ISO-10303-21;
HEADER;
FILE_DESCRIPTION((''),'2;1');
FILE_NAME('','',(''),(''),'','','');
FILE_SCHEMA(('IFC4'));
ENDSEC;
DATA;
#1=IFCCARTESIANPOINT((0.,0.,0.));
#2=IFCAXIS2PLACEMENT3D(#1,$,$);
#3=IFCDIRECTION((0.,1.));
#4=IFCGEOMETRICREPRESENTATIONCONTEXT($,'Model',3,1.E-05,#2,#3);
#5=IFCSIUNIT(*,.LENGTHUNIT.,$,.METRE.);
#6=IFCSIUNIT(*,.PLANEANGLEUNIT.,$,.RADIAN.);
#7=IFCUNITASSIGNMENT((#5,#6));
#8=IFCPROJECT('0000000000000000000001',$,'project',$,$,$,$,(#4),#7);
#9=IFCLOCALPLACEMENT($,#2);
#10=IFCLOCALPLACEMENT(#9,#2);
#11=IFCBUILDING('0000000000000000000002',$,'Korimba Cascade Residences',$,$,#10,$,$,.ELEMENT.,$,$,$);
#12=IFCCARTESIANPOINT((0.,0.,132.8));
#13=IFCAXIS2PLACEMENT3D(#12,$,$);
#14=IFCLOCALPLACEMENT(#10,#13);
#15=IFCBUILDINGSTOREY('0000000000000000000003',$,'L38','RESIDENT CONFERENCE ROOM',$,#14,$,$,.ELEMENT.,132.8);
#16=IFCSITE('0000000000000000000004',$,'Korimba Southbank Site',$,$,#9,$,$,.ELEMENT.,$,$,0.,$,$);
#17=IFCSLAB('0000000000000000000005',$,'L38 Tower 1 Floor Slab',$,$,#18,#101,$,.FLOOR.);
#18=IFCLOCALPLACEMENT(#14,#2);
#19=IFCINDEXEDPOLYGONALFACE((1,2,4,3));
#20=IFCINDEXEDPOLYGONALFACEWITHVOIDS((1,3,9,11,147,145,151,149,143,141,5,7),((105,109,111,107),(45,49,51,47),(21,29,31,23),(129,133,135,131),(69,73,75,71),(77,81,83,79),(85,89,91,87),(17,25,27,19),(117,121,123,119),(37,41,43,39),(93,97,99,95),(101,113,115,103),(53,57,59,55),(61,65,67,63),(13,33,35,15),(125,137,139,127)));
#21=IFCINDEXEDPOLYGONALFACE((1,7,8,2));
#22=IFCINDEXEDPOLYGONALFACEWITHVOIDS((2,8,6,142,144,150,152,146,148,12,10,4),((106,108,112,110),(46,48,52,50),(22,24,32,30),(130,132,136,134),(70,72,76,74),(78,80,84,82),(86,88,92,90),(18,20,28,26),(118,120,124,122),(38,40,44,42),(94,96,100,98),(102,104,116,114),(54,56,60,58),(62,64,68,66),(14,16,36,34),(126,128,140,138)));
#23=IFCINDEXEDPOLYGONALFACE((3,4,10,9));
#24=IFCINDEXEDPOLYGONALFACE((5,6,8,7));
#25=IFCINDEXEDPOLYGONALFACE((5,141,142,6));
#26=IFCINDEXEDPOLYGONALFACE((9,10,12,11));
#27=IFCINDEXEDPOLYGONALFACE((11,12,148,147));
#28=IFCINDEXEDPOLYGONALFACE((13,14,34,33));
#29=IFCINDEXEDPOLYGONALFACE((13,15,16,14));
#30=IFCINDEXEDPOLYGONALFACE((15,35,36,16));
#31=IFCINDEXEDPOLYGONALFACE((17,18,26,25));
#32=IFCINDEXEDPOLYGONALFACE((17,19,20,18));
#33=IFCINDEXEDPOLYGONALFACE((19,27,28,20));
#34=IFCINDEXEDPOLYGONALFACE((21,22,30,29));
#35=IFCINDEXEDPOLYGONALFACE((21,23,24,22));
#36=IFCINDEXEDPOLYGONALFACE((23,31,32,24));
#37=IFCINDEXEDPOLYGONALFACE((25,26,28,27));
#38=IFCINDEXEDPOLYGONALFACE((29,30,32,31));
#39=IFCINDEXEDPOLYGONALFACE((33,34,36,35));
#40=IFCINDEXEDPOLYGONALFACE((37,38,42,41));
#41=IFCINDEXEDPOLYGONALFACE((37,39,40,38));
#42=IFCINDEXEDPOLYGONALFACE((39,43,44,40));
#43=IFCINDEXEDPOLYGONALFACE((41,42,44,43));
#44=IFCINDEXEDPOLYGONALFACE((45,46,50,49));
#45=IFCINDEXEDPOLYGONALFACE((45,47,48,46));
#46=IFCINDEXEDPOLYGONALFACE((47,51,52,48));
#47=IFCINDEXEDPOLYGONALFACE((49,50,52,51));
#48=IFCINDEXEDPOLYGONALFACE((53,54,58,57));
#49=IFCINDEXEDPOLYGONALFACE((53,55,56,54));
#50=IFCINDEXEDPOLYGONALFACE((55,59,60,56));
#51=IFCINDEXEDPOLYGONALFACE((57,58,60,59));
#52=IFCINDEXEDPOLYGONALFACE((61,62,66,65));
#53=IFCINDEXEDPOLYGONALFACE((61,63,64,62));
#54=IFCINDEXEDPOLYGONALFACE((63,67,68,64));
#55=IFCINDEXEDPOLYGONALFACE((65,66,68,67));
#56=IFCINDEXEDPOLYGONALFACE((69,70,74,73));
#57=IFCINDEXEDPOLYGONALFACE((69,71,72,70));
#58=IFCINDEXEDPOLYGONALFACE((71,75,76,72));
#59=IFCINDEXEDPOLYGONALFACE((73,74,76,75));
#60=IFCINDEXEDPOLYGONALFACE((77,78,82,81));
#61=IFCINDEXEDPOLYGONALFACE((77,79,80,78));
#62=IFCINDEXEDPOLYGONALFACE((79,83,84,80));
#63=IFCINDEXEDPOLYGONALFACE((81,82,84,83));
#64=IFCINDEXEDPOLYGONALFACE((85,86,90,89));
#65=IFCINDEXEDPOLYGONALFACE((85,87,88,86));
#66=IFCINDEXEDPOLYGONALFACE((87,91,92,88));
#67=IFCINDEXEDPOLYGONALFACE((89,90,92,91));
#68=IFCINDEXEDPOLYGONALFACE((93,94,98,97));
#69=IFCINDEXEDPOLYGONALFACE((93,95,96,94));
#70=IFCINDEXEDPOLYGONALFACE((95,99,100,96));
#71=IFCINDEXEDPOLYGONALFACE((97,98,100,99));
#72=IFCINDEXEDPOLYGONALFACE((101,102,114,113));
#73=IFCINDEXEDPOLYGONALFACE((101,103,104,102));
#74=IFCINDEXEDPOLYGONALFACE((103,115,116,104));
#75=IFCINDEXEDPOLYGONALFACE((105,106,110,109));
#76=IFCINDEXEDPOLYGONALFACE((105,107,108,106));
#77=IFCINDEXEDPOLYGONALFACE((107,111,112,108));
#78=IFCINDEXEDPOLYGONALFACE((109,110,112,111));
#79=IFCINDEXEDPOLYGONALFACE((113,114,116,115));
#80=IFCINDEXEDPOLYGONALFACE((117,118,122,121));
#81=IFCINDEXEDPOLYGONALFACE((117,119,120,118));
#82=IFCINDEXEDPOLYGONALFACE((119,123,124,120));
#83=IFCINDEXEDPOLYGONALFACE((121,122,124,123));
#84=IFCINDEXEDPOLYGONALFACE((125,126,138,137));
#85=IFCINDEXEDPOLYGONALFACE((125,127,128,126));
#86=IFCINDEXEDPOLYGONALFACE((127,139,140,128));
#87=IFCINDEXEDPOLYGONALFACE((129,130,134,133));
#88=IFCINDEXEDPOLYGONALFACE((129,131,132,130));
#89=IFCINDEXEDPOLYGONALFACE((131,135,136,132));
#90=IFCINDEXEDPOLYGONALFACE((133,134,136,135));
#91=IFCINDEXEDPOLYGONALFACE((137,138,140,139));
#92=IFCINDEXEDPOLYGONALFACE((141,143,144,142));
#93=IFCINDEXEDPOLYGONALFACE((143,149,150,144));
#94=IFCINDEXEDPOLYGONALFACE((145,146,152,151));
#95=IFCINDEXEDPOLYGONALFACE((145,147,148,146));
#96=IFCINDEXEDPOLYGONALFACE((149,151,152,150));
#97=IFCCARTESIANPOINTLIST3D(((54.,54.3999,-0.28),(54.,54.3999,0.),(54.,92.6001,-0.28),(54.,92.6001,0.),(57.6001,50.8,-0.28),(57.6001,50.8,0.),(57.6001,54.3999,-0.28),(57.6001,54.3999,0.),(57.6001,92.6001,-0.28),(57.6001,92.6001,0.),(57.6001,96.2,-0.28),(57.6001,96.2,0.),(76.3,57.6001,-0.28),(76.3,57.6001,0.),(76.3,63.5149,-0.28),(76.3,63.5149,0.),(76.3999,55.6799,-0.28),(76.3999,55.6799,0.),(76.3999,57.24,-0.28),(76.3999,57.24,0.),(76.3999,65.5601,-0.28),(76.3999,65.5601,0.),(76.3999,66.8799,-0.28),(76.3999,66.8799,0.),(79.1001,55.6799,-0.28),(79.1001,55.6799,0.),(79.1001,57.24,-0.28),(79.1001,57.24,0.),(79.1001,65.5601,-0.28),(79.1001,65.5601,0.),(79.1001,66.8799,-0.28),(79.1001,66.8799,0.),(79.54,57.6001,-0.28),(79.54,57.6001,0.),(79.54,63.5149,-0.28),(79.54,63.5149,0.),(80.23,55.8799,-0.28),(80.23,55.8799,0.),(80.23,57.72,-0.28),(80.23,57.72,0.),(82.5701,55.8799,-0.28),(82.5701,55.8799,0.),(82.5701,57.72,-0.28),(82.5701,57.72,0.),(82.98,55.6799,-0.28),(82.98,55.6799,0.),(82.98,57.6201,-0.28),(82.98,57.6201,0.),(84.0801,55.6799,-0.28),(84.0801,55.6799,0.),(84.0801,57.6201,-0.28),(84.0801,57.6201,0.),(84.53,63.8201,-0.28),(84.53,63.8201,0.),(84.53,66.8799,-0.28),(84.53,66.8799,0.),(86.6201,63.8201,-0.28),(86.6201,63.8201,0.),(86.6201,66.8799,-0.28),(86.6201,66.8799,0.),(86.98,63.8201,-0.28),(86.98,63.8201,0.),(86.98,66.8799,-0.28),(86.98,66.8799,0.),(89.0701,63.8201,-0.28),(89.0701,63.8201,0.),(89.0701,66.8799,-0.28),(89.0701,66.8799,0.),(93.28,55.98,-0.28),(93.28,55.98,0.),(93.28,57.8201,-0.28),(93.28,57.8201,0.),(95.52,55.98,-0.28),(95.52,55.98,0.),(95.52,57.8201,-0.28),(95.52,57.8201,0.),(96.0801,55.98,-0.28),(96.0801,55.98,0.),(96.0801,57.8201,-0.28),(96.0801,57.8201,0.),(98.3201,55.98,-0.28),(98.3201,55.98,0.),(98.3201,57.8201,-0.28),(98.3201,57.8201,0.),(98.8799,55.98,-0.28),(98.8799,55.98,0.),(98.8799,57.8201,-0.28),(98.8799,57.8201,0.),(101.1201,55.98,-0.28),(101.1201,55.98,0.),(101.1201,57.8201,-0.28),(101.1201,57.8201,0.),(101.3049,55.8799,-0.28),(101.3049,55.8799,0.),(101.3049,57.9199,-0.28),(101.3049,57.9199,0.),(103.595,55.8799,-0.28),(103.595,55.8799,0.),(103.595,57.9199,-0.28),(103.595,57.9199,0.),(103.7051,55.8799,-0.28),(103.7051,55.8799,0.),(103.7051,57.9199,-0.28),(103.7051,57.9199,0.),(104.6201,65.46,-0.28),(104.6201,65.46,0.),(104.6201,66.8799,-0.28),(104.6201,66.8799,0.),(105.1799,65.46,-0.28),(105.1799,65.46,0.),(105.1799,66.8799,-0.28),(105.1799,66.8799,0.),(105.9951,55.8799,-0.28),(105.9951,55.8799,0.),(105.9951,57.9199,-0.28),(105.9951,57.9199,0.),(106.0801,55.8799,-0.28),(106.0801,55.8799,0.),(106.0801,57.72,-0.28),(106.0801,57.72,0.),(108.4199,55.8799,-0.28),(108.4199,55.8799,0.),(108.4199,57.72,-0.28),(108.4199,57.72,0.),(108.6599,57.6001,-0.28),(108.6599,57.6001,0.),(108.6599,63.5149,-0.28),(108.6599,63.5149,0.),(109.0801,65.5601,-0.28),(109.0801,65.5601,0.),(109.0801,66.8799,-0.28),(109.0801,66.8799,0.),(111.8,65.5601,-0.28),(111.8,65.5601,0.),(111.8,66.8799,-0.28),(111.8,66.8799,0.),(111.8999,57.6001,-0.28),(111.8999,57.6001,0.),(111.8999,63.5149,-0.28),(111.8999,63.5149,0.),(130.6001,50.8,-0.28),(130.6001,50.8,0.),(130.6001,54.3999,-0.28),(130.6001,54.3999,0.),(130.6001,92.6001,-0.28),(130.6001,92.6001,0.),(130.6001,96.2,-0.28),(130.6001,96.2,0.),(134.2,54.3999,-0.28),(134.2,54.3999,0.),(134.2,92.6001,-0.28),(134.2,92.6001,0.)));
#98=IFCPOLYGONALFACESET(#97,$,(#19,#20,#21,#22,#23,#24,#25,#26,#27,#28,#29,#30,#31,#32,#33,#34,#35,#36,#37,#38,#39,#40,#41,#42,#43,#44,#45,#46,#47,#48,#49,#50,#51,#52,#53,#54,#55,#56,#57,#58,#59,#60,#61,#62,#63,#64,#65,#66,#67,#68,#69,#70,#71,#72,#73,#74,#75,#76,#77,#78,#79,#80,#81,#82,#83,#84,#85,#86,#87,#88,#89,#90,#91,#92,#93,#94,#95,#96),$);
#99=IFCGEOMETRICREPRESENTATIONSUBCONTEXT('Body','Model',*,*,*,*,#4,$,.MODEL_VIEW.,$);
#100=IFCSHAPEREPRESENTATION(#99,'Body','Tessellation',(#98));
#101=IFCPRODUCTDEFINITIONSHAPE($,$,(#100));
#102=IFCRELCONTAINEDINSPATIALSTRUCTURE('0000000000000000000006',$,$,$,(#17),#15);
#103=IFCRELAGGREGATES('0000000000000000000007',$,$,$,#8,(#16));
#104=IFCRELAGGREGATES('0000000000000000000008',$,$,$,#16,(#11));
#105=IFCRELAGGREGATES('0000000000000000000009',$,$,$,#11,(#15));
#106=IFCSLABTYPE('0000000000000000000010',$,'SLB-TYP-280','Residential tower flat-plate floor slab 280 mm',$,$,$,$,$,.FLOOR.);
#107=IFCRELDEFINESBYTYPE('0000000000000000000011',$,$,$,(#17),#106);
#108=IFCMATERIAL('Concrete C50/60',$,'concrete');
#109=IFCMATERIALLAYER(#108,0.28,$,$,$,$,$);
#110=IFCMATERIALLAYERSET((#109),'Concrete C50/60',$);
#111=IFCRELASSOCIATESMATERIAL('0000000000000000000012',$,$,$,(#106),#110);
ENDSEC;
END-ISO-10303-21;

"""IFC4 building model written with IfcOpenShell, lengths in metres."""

from ifc_helpers import new_model, si_unit, direction, frame, origin, place, context, subcontext, project, spatial, polyline, outline, extrude, material, layer, layer_set, type_object, element, save


model = new_model("IFC4")

# Units and contexts
model_context = context("Model", 3, precision=1e-05, world=origin(), true_north=direction((0.0, 1.0)))
body_context = subcontext(model_context, "Body", "Model", "MODEL_VIEW")
ifc_project = project(units=[si_unit("LENGTHUNIT", "METRE"), si_unit("PLANEANGLEUNIT", "RADIAN")], contexts=[model_context])

# Site, building, storey
site_placement = place(None, origin())
site = spatial("IfcSite", under=ifc_project, at=site_placement, Name="Korimba Southbank Site", CompositionType="ELEMENT", RefElevation=0.0)
building_placement = place(site_placement, origin())
building = spatial("IfcBuilding", under=site, at=building_placement, Name="Korimba Cascade Residences", CompositionType="ELEMENT")
storey_placement = place(building_placement, frame((0.0, 0.0, 132.8)))
storey = spatial("IfcBuildingStorey", under=building, at=storey_placement, Name="L38", Description="RESIDENT CONFERENCE ROOM", CompositionType="ELEMENT", Elevation=132.8)

# Shared definitions
ifc_material_1 = material(Name="Concrete C50/60", Category="concrete")

# Slab
ifc_layer_1 = layer(ifc_material_1, 0.28)
ifc_layer_set_1 = layer_set([ifc_layer_1], Name="Concrete C50/60")
slab_type_1 = type_object("IfcSlabType", Name="SLB-TYP-280", Description="Residential tower flat-plate floor slab 280 mm", PredefinedType="FLOOR", material=ifc_layer_set_1)
slab_1_placement = place(storey_placement, frame((0.0, 0.0, -0.28)))
element("IfcSlab", 1, at=slab_1_placement, inside=storey, type_object=slab_type_1, Name="L38 Tower 1 Floor Slab", PredefinedType="FLOOR", context=body_context, shape_type="SweptSolid", body=[
    extrude(outline(polyline([(57.6001, 50.8), (130.6001, 50.8), (130.6001, 54.3999), (134.2, 54.3999), (134.2, 92.6001), (130.6001, 92.6001), (130.6001, 96.2), (57.6001, 96.2), (57.6001, 92.6001), (54.0, 92.6001), (54.0, 54.3999), (57.6001, 54.3999), (57.6001, 50.8)]), holes=[polyline([(76.3, 63.5149), (76.3, 57.6001), (79.54, 57.6001), (79.54, 63.5149), (76.3, 63.5149)]), polyline([(108.6599, 63.5149), (108.6599, 57.6001), (111.8999, 57.6001), (111.8999, 63.5149), (108.6599, 63.5149)]), polyline([(80.23, 55.8799), (82.5701, 55.8799), (82.5701, 57.72), (80.23, 57.72), (80.23, 55.8799)]), polyline([(106.0801, 55.8799), (108.4199, 55.8799), (108.4199, 57.72), (106.0801, 57.72), (106.0801, 55.8799)]), polyline([(93.28, 55.98), (95.52, 55.98), (95.52, 57.8201), (93.28, 57.8201), (93.28, 55.98)]), polyline([(96.0801, 55.98), (98.3201, 55.98), (98.3201, 57.8201), (96.0801, 57.8201), (96.0801, 55.98)]), polyline([(98.8799, 55.98), (101.1201, 55.98), (101.1201, 57.8201), (98.8799, 57.8201), (98.8799, 55.98)]), polyline([(101.3049, 55.8799), (103.595, 55.8799), (103.595, 57.9199), (101.3049, 57.9199), (101.3049, 55.8799)]), polyline([(103.7051, 55.8799), (105.9951, 55.8799), (105.9951, 57.9199), (103.7051, 57.9199), (103.7051, 55.8799)]), polyline([(82.98, 55.6799), (84.0801, 55.6799), (84.0801, 57.6201), (82.98, 57.6201), (82.98, 55.6799)]), polyline([(76.3999, 65.5601), (79.1001, 65.5601), (79.1001, 66.8799), (76.3999, 66.8799), (76.3999, 65.5601)]), polyline([(76.3999, 55.6799), (79.1001, 55.6799), (79.1001, 57.24), (76.3999, 57.24), (76.3999, 55.6799)]), polyline([(84.53, 63.8201), (86.6201, 63.8201), (86.6201, 66.8799), (84.53, 66.8799), (84.53, 63.8201)]), polyline([(86.98, 63.8201), (89.0701, 63.8201), (89.0701, 66.8799), (86.98, 66.8799), (86.98, 63.8201)]), polyline([(104.6201, 65.46), (105.1799, 65.46), (105.1799, 66.8799), (104.6201, 66.8799), (104.6201, 65.46)]), polyline([(109.0801, 65.5601), (111.8, 65.5601), (111.8, 66.8799), (109.0801, 66.8799), (109.0801, 65.5601)])]), origin(), (0.0, 0.0, 1.0), 0.28),
])

save(model, "model.ifc")
